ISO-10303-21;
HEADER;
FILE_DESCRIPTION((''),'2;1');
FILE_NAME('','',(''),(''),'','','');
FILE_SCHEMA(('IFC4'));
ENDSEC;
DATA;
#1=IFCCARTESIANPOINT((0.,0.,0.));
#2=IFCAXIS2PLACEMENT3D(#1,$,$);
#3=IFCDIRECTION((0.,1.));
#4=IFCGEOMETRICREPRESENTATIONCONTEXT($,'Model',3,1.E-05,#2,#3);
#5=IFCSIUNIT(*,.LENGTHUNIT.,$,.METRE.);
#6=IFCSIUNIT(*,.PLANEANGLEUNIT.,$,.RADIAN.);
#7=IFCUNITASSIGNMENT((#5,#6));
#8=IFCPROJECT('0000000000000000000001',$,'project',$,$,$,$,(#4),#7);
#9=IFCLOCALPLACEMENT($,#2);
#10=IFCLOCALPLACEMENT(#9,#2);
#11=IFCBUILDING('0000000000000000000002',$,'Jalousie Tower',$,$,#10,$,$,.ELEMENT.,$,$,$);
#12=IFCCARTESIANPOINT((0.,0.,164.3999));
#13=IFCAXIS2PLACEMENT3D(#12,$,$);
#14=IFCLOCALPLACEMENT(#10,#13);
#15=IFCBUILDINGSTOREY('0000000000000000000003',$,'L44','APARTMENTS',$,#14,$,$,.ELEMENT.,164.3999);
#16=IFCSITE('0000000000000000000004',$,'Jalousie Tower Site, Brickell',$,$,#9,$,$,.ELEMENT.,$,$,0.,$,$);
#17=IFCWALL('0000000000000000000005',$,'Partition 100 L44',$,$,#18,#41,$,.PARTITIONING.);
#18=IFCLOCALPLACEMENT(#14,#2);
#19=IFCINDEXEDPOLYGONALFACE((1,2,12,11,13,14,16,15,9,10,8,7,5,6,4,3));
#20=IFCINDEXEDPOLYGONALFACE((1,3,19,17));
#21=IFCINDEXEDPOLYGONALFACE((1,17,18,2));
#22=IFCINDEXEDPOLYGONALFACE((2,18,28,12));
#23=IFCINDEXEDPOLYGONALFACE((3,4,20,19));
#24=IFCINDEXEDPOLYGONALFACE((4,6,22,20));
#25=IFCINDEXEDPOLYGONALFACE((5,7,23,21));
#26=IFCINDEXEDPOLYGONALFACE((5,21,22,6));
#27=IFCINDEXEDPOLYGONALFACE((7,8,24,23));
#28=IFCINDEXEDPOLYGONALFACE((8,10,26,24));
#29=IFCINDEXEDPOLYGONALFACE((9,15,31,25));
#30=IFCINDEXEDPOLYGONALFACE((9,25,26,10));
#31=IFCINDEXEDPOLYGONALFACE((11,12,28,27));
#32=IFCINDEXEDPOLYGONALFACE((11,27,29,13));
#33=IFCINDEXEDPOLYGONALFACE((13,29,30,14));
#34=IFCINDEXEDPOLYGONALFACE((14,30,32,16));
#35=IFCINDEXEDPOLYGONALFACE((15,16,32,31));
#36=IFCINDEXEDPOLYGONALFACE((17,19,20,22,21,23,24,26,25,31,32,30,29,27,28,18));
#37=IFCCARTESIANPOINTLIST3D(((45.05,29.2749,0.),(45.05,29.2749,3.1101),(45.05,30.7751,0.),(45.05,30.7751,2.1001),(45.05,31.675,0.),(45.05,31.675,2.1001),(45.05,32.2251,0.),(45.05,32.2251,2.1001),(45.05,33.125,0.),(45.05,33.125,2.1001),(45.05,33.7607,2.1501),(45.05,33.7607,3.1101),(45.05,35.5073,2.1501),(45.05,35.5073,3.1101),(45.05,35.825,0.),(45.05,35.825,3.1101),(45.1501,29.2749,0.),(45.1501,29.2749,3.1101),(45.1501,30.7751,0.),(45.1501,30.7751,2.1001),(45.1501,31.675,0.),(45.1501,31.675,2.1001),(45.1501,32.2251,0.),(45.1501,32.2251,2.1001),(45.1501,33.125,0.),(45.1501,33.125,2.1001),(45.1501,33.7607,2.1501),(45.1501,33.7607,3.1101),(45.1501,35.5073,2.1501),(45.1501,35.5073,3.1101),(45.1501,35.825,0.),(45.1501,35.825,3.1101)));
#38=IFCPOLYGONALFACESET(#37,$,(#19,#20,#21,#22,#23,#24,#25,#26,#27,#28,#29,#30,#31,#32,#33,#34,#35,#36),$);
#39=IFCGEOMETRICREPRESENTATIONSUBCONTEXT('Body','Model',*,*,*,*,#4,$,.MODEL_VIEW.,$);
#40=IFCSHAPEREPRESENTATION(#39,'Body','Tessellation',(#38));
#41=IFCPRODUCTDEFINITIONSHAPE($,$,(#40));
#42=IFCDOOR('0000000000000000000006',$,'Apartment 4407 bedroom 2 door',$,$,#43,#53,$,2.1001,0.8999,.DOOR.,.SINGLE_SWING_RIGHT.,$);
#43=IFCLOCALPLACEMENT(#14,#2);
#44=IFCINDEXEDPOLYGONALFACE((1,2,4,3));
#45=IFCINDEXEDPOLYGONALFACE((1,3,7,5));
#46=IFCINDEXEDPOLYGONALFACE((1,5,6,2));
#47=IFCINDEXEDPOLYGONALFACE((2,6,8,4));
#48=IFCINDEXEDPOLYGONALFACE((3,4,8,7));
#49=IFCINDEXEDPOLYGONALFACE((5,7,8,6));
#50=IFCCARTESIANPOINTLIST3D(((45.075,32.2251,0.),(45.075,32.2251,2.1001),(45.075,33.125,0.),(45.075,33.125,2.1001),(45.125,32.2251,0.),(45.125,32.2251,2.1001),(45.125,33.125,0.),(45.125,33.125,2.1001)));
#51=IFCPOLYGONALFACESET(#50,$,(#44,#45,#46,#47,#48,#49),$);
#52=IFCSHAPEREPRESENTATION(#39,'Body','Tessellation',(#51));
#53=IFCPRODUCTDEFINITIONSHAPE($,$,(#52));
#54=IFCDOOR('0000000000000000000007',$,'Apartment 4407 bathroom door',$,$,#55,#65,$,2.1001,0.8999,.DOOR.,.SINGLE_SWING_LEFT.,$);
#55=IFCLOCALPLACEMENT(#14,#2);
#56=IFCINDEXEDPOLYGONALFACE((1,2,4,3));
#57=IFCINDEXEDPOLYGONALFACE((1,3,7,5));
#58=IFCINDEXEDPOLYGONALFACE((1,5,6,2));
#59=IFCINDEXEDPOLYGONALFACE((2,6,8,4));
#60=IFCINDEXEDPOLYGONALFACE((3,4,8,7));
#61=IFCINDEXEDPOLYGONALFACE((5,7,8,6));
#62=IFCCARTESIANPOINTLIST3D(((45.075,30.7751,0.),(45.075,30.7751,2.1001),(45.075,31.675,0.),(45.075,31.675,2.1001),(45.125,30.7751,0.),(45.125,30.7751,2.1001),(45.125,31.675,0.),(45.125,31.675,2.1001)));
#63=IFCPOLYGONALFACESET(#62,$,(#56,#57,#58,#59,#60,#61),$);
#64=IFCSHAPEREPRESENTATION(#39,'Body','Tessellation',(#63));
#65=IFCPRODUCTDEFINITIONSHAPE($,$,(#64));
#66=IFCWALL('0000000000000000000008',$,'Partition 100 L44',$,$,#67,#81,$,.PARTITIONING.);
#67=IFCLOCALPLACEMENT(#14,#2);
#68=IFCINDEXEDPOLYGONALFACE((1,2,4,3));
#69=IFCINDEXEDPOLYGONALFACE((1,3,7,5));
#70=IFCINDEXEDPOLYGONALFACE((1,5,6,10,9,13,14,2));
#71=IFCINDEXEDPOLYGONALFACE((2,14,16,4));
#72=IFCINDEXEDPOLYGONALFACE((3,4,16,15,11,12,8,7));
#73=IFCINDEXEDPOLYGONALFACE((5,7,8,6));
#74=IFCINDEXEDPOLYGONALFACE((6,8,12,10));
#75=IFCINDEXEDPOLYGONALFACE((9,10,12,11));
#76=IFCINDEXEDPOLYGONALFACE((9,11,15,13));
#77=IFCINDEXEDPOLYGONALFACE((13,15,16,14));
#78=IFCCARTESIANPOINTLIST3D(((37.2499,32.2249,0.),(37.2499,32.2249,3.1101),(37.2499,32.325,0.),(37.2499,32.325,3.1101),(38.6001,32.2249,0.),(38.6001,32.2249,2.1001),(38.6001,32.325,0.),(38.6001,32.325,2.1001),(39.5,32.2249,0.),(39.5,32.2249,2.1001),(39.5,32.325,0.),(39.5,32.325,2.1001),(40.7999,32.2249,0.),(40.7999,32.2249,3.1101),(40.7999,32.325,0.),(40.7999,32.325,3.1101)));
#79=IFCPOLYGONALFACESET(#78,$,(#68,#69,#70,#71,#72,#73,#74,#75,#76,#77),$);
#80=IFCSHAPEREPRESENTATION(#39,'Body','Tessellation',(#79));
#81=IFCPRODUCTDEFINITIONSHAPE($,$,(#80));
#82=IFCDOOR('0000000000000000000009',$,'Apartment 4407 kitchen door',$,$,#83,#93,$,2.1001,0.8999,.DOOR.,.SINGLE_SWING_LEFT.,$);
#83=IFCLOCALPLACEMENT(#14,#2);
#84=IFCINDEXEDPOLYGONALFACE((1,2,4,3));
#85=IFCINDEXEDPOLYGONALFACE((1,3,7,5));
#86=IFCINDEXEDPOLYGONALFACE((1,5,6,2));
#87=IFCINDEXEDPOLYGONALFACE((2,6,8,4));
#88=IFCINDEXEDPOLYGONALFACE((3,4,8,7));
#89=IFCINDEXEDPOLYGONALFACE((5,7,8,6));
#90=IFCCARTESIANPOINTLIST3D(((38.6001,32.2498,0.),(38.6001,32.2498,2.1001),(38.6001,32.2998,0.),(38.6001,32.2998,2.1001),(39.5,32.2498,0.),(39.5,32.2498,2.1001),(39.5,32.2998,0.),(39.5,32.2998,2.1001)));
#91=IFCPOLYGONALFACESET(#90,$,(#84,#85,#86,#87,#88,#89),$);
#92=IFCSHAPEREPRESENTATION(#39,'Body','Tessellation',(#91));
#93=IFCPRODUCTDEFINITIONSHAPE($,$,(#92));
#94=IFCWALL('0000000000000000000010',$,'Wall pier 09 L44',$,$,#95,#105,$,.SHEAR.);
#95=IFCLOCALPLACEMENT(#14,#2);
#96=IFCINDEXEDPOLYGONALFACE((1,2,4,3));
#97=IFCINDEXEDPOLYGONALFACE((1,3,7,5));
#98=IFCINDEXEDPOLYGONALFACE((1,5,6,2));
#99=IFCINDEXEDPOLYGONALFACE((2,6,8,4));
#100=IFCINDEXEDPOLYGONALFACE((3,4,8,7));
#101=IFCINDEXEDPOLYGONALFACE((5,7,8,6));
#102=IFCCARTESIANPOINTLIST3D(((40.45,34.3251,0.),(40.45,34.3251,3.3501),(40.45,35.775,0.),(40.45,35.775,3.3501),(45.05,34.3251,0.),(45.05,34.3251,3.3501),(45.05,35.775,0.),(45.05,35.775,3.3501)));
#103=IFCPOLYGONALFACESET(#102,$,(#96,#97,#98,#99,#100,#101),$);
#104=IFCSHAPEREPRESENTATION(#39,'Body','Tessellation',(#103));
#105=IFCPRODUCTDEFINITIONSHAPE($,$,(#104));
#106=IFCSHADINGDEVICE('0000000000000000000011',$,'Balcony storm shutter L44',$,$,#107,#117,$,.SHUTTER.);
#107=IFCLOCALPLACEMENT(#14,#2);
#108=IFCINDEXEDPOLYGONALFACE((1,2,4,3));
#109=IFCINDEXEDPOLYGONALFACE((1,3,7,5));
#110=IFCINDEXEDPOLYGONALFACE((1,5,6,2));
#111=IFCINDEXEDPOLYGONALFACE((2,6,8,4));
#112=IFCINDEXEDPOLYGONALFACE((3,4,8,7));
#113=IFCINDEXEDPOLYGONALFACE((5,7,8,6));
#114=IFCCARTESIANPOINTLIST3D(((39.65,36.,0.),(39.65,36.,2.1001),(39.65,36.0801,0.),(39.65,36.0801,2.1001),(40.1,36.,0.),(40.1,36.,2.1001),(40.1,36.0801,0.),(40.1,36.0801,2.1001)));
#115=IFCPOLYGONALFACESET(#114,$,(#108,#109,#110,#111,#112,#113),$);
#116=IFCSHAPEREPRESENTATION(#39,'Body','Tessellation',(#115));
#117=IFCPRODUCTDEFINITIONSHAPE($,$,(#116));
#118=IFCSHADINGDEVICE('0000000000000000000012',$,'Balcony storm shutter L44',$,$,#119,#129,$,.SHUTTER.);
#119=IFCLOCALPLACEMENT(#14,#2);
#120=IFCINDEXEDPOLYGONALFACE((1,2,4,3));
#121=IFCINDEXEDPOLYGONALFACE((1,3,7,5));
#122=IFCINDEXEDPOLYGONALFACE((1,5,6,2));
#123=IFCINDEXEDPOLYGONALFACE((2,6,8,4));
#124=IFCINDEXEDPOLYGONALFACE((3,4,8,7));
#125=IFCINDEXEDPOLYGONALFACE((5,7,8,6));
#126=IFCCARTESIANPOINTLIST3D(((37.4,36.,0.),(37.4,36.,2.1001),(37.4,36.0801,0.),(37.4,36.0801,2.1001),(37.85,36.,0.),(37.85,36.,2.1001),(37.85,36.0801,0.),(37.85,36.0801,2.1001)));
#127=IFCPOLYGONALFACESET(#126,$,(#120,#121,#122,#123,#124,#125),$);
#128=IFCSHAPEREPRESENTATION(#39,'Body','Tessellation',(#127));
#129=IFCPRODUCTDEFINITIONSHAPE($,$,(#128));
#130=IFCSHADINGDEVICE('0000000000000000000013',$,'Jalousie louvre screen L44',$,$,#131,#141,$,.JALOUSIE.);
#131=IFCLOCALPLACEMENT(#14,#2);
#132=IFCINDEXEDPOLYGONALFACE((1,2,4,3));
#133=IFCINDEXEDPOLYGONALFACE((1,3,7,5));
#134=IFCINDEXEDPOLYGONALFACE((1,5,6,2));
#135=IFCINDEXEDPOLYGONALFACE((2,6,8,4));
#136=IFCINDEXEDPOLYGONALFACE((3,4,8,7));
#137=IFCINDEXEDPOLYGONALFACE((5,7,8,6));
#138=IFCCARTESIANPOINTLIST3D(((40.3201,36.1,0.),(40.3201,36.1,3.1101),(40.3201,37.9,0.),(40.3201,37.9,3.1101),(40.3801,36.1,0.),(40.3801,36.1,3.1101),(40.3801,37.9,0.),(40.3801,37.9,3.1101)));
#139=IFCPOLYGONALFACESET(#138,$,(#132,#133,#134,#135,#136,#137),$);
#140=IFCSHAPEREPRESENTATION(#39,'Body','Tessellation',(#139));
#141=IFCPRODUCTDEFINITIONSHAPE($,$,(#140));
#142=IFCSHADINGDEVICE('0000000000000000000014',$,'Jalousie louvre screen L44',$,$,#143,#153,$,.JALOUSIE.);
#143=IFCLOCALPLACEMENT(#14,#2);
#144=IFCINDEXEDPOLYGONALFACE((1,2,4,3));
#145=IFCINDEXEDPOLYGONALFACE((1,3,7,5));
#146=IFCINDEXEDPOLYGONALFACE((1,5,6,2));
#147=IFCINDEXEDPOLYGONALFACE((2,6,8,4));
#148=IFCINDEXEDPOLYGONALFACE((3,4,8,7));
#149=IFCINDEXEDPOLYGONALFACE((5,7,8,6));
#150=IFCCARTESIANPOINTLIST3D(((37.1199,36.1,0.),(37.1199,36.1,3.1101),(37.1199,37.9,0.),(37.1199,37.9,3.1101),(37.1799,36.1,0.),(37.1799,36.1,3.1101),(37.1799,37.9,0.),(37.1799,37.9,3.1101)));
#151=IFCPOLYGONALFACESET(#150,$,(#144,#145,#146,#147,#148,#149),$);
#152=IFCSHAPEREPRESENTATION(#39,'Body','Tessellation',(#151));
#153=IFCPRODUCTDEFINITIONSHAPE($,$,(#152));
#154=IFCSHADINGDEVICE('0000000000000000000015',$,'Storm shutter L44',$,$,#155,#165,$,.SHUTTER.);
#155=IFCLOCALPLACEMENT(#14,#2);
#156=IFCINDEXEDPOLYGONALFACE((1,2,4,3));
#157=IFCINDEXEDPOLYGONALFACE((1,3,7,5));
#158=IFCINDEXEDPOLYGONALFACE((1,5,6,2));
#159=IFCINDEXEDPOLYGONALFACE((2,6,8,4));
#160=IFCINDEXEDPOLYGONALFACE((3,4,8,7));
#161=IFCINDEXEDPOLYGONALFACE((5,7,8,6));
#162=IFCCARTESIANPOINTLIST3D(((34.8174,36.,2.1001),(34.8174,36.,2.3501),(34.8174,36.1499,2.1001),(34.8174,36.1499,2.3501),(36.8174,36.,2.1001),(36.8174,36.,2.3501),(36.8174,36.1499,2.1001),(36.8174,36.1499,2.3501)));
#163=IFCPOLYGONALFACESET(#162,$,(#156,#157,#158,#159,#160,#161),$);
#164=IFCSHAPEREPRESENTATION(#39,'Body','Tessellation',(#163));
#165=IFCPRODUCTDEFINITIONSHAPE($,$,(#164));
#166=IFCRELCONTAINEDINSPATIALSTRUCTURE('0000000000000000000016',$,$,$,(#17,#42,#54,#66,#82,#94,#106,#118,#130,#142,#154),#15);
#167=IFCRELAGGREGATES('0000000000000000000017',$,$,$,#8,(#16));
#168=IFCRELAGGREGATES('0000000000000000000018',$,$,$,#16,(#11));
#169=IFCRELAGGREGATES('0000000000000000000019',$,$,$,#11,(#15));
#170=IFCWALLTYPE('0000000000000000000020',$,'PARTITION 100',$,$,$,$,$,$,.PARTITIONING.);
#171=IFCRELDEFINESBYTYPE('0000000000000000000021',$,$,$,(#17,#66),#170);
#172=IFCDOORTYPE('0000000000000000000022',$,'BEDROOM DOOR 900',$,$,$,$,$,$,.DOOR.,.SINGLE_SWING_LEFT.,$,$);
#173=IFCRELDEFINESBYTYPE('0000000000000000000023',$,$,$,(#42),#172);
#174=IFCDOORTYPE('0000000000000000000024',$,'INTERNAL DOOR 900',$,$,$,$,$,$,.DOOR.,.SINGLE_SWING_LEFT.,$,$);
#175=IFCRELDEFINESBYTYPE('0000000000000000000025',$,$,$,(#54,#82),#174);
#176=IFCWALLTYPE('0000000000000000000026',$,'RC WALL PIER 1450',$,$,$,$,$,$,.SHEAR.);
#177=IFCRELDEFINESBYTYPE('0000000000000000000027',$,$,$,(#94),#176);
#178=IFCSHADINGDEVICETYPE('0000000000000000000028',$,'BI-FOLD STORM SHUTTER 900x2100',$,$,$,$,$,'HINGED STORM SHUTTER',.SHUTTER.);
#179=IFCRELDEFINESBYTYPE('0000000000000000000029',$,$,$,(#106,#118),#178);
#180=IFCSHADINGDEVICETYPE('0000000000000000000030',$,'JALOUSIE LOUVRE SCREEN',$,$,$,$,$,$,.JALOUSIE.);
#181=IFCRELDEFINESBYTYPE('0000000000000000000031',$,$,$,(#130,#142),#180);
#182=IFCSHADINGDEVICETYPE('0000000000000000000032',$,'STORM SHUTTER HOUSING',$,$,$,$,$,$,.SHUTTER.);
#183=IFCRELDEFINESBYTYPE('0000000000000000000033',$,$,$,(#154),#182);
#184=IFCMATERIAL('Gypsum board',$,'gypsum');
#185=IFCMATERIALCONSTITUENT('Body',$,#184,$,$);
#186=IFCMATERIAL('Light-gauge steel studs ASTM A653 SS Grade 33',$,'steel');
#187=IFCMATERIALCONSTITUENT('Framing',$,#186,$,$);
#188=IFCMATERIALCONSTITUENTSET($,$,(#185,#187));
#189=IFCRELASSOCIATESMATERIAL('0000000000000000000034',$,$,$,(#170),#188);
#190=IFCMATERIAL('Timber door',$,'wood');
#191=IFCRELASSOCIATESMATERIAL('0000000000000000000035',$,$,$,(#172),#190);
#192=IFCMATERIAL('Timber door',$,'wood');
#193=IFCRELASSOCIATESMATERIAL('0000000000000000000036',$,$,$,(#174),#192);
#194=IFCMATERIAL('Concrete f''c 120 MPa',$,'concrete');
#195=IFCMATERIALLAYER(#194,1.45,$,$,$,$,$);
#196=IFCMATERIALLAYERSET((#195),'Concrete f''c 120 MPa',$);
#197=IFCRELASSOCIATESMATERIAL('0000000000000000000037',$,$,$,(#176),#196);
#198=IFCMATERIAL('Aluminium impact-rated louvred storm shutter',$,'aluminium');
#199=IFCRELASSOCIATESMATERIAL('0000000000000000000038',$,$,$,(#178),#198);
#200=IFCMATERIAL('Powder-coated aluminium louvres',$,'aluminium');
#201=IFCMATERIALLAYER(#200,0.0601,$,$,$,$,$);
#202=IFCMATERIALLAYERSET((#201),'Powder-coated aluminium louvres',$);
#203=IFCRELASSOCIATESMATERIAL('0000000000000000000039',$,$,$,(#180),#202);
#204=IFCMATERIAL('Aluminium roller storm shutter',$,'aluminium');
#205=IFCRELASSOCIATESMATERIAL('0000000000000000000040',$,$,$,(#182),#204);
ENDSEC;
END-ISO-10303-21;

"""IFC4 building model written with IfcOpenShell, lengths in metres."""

from ifc_helpers import new_model, si_unit, direction, frame, frame_2d, origin, origin_2d, place, context, subcontext, project, spatial, polyline, rectangle, outline, extrude, material, layer, layer_set, constituent, constituent_set, type_object, element, fill, save


model = new_model("IFC4")

# Units and contexts
model_context = context("Model", 3, precision=1e-05, world=origin(), true_north=direction((0.0, 1.0)))
body_context = subcontext(model_context, "Body", "Model", "MODEL_VIEW")
ifc_project = project(units=[si_unit("LENGTHUNIT", "METRE"), si_unit("PLANEANGLEUNIT", "RADIAN")], contexts=[model_context])

# Site, building, storey
site_placement = place(None, origin())
site = spatial("IfcSite", under=ifc_project, at=site_placement, Name="Jalousie Tower Site, Brickell", CompositionType="ELEMENT", RefElevation=0.0)
building_placement = place(site_placement, origin())
building = spatial("IfcBuilding", under=site, at=building_placement, Name="Jalousie Tower", CompositionType="ELEMENT")
storey_placement = place(building_placement, frame((0.0, 0.0, 164.3999)))
storey = spatial("IfcBuildingStorey", under=building, at=storey_placement, Name="L44", Description="APARTMENTS", CompositionType="ELEMENT", Elevation=164.3999)

# Shared definitions
ifc_material_1 = material(Name="Gypsum board", Category="gypsum")
ifc_constituent_1 = constituent(ifc_material_1, Name="Body")
ifc_material_2 = material(Name="Light-gauge steel studs ASTM A653 SS Grade 33", Category="steel")
ifc_constituent_2 = constituent(ifc_material_2, Name="Framing")
ifc_constituent_set = constituent_set(constituents=[ifc_constituent_1, ifc_constituent_2])
wall_type_1 = type_object("IfcWallType", Name="PARTITION 100", PredefinedType="PARTITIONING", material=ifc_constituent_set)
ifc_material_3 = material(Name="Timber door", Category="wood")
door_type_1 = type_object("IfcDoorType", Name="BEDROOM DOOR 900", OperationType="SINGLE_SWING_LEFT", PredefinedType="DOOR", material=ifc_material_3)

# Wall, openings, doors
wall_1_placement = place(storey_placement, frame((45.1001, 35.825, 0.0), z_axis=(0.0, 0.0, 1.0), x_axis=(0.0, -1.0, 0.0)))
wall_1 = element("IfcWall", 1, at=wall_1_placement, inside=storey, type_object=wall_type_1, Name="Partition 100 L44", PredefinedType="PARTITIONING", context=body_context, shape_type="SweptSolid", body=[
    extrude(outline(polyline([(0.0, 0.0), (6.55, 0.0), (6.55, 3.1101), (2.0642, 3.1101), (2.0642, 2.1501), (0.3176, 2.1501), (0.3176, 3.1101), (0.0, 3.1101), (0.0, 0.0)])), frame((0.0, 0.05, 0.0), z_axis=(0.0, -1.0, 0.0), x_axis=(1.0, 0.0, 0.0)), (0.0, 0.0, 1.0), 0.1001),
])
opening_1_placement = place(wall_1_placement, frame((2.7, 0.0, 0.0)))
opening_1 = element("IfcOpeningElement", 2, at=opening_1_placement, cuts=wall_1, PredefinedType="OPENING", context=body_context, shape_type="SweptSolid", body=[
    extrude(rectangle(XDim=0.8999, YDim=2.1001, at=frame_2d((0.45, 1.05))), frame((0.0, 0.0601, 0.0), z_axis=(0.0, -1.0, 0.0), x_axis=(1.0, 0.0, 0.0)), (0.0, 0.0, 1.0), 0.1201),
])
opening_2_placement = place(wall_1_placement, frame((4.1499, 0.0, 0.0)))
opening_2 = element("IfcOpeningElement", 3, at=opening_2_placement, cuts=wall_1, PredefinedType="OPENING", context=body_context, shape_type="SweptSolid", body=[
    extrude(rectangle(XDim=0.8999, YDim=2.1001, at=frame_2d((0.45, 1.05))), frame((0.0, 0.0601, 0.0), z_axis=(0.0, -1.0, 0.0), x_axis=(1.0, 0.0, 0.0)), (0.0, 0.0, 1.0), 0.1201),
])
door_1_placement = place(opening_1_placement, origin())
door_1 = element("IfcDoor", 4, at=door_1_placement, inside=storey, type_object=door_type_1, Name="Apartment 4407 bedroom 2 door", OperationType="SINGLE_SWING_RIGHT", OverallHeight=2.1001, OverallWidth=0.8999, PredefinedType="DOOR", context=body_context, shape_type="SweptSolid", body=[
    extrude(rectangle(XDim=0.8999, YDim=2.1001, at=frame_2d((0.45, 1.05))), frame((0.0, 0.0249, 0.0), z_axis=(0.0, -1.0, 0.0), x_axis=(1.0, 0.0, 0.0)), (0.0, 0.0, 1.0), 0.05),
])
fill(opening_1, door_1)
ifc_material_4 = material(Name="Timber door", Category="wood")
door_type_2 = type_object("IfcDoorType", Name="INTERNAL DOOR 900", OperationType="SINGLE_SWING_LEFT", PredefinedType="DOOR", material=ifc_material_4)
door_2_placement = place(opening_2_placement, origin())
door_2 = element("IfcDoor", 5, at=door_2_placement, inside=storey, type_object=door_type_2, Name="Apartment 4407 bathroom door", OperationType="SINGLE_SWING_LEFT", OverallHeight=2.1001, OverallWidth=0.8999, PredefinedType="DOOR", context=body_context, shape_type="SweptSolid", body=[
    extrude(rectangle(XDim=0.8999, YDim=2.1001, at=frame_2d((0.45, 1.05))), frame((0.0, 0.0249, 0.0), z_axis=(0.0, -1.0, 0.0), x_axis=(1.0, 0.0, 0.0)), (0.0, 0.0, 1.0), 0.05),
])
fill(opening_2, door_2)

# Wall, opening, door
wall_2_placement = place(storey_placement, frame((37.25, 32.2749, 0.0), z_axis=(0.0, 0.0, 1.0), x_axis=(1.0, 0.0, 0.0)))
wall_2 = element("IfcWall", 6, at=wall_2_placement, inside=storey, type_object=wall_type_1, Name="Partition 100 L44", PredefinedType="PARTITIONING", context=body_context, shape_type="SweptSolid", body=[
    extrude(rectangle(XDim=3.55, YDim=0.1001, at=frame_2d((1.7749, 0.0))), origin(), (0.0, 0.0, 1.0), 3.1101),
])
opening_3_placement = place(wall_2_placement, frame((1.3501, 0.0, 0.0)))
opening_3 = element("IfcOpeningElement", 7, at=opening_3_placement, cuts=wall_2, PredefinedType="OPENING", context=body_context, shape_type="SweptSolid", body=[
    extrude(rectangle(XDim=0.8999, YDim=2.1001, at=frame_2d((0.45, 1.05))), frame((0.0, 0.0601, 0.0), z_axis=(0.0, -1.0, 0.0), x_axis=(1.0, 0.0, 0.0)), (0.0, 0.0, 1.0), 0.1201),
])
door_3_placement = place(opening_3_placement, origin())
door_3 = element("IfcDoor", 8, at=door_3_placement, inside=storey, type_object=door_type_2, Name="Apartment 4407 kitchen door", OperationType="SINGLE_SWING_LEFT", OverallHeight=2.1001, OverallWidth=0.8999, PredefinedType="DOOR", context=body_context, shape_type="SweptSolid", body=[
    extrude(rectangle(XDim=0.8999, YDim=2.1001, at=frame_2d((0.45, 1.05))), frame((0.0, 0.0249, 0.0), z_axis=(0.0, -1.0, 0.0), x_axis=(1.0, 0.0, 0.0)), (0.0, 0.0, 1.0), 0.05),
])
fill(opening_3, door_3)

# Wall
ifc_material_5 = material(Name="Concrete f'c 120 MPa", Category="concrete")
ifc_layer_1 = layer(ifc_material_5, 1.45)
ifc_layer_set_1 = layer_set([ifc_layer_1], Name="Concrete f'c 120 MPa")
wall_type_2 = type_object("IfcWallType", Name="RC WALL PIER 1450", PredefinedType="SHEAR", material=ifc_layer_set_1)
wall_3_placement = place(storey_placement, frame((40.45, 35.05, 0.0), z_axis=(0.0, 0.0, 1.0), x_axis=(1.0, 0.0, 0.0)))
element("IfcWall", 9, at=wall_3_placement, inside=storey, type_object=wall_type_2, Name="Wall pier 09 L44", PredefinedType="SHEAR", context=body_context, shape_type="SweptSolid", body=[
    extrude(rectangle(XDim=4.6001, YDim=1.45, at=frame_2d((2.3, 0.0))), origin(), (0.0, 0.0, 1.0), 3.3501),
])

# Shading devices
ifc_material_6 = material(Name="Aluminium impact-rated louvred storm shutter", Category="aluminium")
shading_device_type_1 = type_object("IfcShadingDeviceType", Name="BI-FOLD STORM SHUTTER 900x2100", ElementType="HINGED STORM SHUTTER", PredefinedType="SHUTTER", material=ifc_material_6)
for number, where, z_axis, x_axis, name in (
    (10, (39.875, 36.04, 0.0), (0.0, 0.0, 1.0), (-1.0, 0.0, 0.0), "Balcony storm shutter L44"),
    (11, (37.625, 36.04, 0.0), (0.0, 0.0, 1.0), (-1.0, 0.0, 0.0), "Balcony storm shutter L44"),
):
    element("IfcShadingDevice", number, at=place(storey_placement, frame(where, z_axis=z_axis, x_axis=x_axis)), inside=storey, type_object=shading_device_type_1, Name=name, PredefinedType="SHUTTER", context=body_context, shape_type="SweptSolid", body=[
        extrude(rectangle(XDim=0.45, YDim=0.0801, at=origin_2d()), origin(), (0.0, 0.0, 1.0), 2.1001),
    ])

# Shading devices
ifc_material_7 = material(Name="Powder-coated aluminium louvres", Category="aluminium")
ifc_layer_2 = layer(ifc_material_7, 0.0601)
ifc_layer_set_2 = layer_set([ifc_layer_2], Name="Powder-coated aluminium louvres")
shading_device_type_2 = type_object("IfcShadingDeviceType", Name="JALOUSIE LOUVRE SCREEN", PredefinedType="JALOUSIE", material=ifc_layer_set_2)
for number, where, z_axis, x_axis, name in (
    (12, (40.3501, 37.0, 0.0), (0.0, 0.0, 1.0), (-1.0, 0.0, 0.0), "Jalousie louvre screen L44"),
    (13, (37.1499, 37.0, 0.0), (0.0, 0.0, 1.0), (-1.0, 0.0, 0.0), "Jalousie louvre screen L44"),
):
    element("IfcShadingDevice", number, at=place(storey_placement, frame(where, z_axis=z_axis, x_axis=x_axis)), inside=storey, type_object=shading_device_type_2, Name=name, PredefinedType="JALOUSIE", context=body_context, shape_type="SweptSolid", body=[
        extrude(rectangle(XDim=0.0601, YDim=1.8, at=origin_2d()), origin(), (0.0, 0.0, 1.0), 3.1101),
    ])
ifc_material_8 = material(Name="Aluminium roller storm shutter", Category="aluminium")
shading_device_type_3 = type_object("IfcShadingDeviceType", Name="STORM SHUTTER HOUSING", PredefinedType="SHUTTER", material=ifc_material_8)
shading_device_placement = place(storey_placement, frame((35.8174, 36.075, 2.1001), z_axis=(0.0, 0.0, 1.0), x_axis=(-1.0, 0.0, 0.0)))
element("IfcShadingDevice", 14, at=shading_device_placement, inside=storey, type_object=shading_device_type_3, Name="Storm shutter L44", PredefinedType="SHUTTER", context=body_context, shape_type="SweptSolid", body=[
    extrude(rectangle(XDim=2.0, YDim=0.1499, at=origin_2d()), origin(), (0.0, 0.0, 1.0), 0.25),
])

save(model, "model.ifc")
